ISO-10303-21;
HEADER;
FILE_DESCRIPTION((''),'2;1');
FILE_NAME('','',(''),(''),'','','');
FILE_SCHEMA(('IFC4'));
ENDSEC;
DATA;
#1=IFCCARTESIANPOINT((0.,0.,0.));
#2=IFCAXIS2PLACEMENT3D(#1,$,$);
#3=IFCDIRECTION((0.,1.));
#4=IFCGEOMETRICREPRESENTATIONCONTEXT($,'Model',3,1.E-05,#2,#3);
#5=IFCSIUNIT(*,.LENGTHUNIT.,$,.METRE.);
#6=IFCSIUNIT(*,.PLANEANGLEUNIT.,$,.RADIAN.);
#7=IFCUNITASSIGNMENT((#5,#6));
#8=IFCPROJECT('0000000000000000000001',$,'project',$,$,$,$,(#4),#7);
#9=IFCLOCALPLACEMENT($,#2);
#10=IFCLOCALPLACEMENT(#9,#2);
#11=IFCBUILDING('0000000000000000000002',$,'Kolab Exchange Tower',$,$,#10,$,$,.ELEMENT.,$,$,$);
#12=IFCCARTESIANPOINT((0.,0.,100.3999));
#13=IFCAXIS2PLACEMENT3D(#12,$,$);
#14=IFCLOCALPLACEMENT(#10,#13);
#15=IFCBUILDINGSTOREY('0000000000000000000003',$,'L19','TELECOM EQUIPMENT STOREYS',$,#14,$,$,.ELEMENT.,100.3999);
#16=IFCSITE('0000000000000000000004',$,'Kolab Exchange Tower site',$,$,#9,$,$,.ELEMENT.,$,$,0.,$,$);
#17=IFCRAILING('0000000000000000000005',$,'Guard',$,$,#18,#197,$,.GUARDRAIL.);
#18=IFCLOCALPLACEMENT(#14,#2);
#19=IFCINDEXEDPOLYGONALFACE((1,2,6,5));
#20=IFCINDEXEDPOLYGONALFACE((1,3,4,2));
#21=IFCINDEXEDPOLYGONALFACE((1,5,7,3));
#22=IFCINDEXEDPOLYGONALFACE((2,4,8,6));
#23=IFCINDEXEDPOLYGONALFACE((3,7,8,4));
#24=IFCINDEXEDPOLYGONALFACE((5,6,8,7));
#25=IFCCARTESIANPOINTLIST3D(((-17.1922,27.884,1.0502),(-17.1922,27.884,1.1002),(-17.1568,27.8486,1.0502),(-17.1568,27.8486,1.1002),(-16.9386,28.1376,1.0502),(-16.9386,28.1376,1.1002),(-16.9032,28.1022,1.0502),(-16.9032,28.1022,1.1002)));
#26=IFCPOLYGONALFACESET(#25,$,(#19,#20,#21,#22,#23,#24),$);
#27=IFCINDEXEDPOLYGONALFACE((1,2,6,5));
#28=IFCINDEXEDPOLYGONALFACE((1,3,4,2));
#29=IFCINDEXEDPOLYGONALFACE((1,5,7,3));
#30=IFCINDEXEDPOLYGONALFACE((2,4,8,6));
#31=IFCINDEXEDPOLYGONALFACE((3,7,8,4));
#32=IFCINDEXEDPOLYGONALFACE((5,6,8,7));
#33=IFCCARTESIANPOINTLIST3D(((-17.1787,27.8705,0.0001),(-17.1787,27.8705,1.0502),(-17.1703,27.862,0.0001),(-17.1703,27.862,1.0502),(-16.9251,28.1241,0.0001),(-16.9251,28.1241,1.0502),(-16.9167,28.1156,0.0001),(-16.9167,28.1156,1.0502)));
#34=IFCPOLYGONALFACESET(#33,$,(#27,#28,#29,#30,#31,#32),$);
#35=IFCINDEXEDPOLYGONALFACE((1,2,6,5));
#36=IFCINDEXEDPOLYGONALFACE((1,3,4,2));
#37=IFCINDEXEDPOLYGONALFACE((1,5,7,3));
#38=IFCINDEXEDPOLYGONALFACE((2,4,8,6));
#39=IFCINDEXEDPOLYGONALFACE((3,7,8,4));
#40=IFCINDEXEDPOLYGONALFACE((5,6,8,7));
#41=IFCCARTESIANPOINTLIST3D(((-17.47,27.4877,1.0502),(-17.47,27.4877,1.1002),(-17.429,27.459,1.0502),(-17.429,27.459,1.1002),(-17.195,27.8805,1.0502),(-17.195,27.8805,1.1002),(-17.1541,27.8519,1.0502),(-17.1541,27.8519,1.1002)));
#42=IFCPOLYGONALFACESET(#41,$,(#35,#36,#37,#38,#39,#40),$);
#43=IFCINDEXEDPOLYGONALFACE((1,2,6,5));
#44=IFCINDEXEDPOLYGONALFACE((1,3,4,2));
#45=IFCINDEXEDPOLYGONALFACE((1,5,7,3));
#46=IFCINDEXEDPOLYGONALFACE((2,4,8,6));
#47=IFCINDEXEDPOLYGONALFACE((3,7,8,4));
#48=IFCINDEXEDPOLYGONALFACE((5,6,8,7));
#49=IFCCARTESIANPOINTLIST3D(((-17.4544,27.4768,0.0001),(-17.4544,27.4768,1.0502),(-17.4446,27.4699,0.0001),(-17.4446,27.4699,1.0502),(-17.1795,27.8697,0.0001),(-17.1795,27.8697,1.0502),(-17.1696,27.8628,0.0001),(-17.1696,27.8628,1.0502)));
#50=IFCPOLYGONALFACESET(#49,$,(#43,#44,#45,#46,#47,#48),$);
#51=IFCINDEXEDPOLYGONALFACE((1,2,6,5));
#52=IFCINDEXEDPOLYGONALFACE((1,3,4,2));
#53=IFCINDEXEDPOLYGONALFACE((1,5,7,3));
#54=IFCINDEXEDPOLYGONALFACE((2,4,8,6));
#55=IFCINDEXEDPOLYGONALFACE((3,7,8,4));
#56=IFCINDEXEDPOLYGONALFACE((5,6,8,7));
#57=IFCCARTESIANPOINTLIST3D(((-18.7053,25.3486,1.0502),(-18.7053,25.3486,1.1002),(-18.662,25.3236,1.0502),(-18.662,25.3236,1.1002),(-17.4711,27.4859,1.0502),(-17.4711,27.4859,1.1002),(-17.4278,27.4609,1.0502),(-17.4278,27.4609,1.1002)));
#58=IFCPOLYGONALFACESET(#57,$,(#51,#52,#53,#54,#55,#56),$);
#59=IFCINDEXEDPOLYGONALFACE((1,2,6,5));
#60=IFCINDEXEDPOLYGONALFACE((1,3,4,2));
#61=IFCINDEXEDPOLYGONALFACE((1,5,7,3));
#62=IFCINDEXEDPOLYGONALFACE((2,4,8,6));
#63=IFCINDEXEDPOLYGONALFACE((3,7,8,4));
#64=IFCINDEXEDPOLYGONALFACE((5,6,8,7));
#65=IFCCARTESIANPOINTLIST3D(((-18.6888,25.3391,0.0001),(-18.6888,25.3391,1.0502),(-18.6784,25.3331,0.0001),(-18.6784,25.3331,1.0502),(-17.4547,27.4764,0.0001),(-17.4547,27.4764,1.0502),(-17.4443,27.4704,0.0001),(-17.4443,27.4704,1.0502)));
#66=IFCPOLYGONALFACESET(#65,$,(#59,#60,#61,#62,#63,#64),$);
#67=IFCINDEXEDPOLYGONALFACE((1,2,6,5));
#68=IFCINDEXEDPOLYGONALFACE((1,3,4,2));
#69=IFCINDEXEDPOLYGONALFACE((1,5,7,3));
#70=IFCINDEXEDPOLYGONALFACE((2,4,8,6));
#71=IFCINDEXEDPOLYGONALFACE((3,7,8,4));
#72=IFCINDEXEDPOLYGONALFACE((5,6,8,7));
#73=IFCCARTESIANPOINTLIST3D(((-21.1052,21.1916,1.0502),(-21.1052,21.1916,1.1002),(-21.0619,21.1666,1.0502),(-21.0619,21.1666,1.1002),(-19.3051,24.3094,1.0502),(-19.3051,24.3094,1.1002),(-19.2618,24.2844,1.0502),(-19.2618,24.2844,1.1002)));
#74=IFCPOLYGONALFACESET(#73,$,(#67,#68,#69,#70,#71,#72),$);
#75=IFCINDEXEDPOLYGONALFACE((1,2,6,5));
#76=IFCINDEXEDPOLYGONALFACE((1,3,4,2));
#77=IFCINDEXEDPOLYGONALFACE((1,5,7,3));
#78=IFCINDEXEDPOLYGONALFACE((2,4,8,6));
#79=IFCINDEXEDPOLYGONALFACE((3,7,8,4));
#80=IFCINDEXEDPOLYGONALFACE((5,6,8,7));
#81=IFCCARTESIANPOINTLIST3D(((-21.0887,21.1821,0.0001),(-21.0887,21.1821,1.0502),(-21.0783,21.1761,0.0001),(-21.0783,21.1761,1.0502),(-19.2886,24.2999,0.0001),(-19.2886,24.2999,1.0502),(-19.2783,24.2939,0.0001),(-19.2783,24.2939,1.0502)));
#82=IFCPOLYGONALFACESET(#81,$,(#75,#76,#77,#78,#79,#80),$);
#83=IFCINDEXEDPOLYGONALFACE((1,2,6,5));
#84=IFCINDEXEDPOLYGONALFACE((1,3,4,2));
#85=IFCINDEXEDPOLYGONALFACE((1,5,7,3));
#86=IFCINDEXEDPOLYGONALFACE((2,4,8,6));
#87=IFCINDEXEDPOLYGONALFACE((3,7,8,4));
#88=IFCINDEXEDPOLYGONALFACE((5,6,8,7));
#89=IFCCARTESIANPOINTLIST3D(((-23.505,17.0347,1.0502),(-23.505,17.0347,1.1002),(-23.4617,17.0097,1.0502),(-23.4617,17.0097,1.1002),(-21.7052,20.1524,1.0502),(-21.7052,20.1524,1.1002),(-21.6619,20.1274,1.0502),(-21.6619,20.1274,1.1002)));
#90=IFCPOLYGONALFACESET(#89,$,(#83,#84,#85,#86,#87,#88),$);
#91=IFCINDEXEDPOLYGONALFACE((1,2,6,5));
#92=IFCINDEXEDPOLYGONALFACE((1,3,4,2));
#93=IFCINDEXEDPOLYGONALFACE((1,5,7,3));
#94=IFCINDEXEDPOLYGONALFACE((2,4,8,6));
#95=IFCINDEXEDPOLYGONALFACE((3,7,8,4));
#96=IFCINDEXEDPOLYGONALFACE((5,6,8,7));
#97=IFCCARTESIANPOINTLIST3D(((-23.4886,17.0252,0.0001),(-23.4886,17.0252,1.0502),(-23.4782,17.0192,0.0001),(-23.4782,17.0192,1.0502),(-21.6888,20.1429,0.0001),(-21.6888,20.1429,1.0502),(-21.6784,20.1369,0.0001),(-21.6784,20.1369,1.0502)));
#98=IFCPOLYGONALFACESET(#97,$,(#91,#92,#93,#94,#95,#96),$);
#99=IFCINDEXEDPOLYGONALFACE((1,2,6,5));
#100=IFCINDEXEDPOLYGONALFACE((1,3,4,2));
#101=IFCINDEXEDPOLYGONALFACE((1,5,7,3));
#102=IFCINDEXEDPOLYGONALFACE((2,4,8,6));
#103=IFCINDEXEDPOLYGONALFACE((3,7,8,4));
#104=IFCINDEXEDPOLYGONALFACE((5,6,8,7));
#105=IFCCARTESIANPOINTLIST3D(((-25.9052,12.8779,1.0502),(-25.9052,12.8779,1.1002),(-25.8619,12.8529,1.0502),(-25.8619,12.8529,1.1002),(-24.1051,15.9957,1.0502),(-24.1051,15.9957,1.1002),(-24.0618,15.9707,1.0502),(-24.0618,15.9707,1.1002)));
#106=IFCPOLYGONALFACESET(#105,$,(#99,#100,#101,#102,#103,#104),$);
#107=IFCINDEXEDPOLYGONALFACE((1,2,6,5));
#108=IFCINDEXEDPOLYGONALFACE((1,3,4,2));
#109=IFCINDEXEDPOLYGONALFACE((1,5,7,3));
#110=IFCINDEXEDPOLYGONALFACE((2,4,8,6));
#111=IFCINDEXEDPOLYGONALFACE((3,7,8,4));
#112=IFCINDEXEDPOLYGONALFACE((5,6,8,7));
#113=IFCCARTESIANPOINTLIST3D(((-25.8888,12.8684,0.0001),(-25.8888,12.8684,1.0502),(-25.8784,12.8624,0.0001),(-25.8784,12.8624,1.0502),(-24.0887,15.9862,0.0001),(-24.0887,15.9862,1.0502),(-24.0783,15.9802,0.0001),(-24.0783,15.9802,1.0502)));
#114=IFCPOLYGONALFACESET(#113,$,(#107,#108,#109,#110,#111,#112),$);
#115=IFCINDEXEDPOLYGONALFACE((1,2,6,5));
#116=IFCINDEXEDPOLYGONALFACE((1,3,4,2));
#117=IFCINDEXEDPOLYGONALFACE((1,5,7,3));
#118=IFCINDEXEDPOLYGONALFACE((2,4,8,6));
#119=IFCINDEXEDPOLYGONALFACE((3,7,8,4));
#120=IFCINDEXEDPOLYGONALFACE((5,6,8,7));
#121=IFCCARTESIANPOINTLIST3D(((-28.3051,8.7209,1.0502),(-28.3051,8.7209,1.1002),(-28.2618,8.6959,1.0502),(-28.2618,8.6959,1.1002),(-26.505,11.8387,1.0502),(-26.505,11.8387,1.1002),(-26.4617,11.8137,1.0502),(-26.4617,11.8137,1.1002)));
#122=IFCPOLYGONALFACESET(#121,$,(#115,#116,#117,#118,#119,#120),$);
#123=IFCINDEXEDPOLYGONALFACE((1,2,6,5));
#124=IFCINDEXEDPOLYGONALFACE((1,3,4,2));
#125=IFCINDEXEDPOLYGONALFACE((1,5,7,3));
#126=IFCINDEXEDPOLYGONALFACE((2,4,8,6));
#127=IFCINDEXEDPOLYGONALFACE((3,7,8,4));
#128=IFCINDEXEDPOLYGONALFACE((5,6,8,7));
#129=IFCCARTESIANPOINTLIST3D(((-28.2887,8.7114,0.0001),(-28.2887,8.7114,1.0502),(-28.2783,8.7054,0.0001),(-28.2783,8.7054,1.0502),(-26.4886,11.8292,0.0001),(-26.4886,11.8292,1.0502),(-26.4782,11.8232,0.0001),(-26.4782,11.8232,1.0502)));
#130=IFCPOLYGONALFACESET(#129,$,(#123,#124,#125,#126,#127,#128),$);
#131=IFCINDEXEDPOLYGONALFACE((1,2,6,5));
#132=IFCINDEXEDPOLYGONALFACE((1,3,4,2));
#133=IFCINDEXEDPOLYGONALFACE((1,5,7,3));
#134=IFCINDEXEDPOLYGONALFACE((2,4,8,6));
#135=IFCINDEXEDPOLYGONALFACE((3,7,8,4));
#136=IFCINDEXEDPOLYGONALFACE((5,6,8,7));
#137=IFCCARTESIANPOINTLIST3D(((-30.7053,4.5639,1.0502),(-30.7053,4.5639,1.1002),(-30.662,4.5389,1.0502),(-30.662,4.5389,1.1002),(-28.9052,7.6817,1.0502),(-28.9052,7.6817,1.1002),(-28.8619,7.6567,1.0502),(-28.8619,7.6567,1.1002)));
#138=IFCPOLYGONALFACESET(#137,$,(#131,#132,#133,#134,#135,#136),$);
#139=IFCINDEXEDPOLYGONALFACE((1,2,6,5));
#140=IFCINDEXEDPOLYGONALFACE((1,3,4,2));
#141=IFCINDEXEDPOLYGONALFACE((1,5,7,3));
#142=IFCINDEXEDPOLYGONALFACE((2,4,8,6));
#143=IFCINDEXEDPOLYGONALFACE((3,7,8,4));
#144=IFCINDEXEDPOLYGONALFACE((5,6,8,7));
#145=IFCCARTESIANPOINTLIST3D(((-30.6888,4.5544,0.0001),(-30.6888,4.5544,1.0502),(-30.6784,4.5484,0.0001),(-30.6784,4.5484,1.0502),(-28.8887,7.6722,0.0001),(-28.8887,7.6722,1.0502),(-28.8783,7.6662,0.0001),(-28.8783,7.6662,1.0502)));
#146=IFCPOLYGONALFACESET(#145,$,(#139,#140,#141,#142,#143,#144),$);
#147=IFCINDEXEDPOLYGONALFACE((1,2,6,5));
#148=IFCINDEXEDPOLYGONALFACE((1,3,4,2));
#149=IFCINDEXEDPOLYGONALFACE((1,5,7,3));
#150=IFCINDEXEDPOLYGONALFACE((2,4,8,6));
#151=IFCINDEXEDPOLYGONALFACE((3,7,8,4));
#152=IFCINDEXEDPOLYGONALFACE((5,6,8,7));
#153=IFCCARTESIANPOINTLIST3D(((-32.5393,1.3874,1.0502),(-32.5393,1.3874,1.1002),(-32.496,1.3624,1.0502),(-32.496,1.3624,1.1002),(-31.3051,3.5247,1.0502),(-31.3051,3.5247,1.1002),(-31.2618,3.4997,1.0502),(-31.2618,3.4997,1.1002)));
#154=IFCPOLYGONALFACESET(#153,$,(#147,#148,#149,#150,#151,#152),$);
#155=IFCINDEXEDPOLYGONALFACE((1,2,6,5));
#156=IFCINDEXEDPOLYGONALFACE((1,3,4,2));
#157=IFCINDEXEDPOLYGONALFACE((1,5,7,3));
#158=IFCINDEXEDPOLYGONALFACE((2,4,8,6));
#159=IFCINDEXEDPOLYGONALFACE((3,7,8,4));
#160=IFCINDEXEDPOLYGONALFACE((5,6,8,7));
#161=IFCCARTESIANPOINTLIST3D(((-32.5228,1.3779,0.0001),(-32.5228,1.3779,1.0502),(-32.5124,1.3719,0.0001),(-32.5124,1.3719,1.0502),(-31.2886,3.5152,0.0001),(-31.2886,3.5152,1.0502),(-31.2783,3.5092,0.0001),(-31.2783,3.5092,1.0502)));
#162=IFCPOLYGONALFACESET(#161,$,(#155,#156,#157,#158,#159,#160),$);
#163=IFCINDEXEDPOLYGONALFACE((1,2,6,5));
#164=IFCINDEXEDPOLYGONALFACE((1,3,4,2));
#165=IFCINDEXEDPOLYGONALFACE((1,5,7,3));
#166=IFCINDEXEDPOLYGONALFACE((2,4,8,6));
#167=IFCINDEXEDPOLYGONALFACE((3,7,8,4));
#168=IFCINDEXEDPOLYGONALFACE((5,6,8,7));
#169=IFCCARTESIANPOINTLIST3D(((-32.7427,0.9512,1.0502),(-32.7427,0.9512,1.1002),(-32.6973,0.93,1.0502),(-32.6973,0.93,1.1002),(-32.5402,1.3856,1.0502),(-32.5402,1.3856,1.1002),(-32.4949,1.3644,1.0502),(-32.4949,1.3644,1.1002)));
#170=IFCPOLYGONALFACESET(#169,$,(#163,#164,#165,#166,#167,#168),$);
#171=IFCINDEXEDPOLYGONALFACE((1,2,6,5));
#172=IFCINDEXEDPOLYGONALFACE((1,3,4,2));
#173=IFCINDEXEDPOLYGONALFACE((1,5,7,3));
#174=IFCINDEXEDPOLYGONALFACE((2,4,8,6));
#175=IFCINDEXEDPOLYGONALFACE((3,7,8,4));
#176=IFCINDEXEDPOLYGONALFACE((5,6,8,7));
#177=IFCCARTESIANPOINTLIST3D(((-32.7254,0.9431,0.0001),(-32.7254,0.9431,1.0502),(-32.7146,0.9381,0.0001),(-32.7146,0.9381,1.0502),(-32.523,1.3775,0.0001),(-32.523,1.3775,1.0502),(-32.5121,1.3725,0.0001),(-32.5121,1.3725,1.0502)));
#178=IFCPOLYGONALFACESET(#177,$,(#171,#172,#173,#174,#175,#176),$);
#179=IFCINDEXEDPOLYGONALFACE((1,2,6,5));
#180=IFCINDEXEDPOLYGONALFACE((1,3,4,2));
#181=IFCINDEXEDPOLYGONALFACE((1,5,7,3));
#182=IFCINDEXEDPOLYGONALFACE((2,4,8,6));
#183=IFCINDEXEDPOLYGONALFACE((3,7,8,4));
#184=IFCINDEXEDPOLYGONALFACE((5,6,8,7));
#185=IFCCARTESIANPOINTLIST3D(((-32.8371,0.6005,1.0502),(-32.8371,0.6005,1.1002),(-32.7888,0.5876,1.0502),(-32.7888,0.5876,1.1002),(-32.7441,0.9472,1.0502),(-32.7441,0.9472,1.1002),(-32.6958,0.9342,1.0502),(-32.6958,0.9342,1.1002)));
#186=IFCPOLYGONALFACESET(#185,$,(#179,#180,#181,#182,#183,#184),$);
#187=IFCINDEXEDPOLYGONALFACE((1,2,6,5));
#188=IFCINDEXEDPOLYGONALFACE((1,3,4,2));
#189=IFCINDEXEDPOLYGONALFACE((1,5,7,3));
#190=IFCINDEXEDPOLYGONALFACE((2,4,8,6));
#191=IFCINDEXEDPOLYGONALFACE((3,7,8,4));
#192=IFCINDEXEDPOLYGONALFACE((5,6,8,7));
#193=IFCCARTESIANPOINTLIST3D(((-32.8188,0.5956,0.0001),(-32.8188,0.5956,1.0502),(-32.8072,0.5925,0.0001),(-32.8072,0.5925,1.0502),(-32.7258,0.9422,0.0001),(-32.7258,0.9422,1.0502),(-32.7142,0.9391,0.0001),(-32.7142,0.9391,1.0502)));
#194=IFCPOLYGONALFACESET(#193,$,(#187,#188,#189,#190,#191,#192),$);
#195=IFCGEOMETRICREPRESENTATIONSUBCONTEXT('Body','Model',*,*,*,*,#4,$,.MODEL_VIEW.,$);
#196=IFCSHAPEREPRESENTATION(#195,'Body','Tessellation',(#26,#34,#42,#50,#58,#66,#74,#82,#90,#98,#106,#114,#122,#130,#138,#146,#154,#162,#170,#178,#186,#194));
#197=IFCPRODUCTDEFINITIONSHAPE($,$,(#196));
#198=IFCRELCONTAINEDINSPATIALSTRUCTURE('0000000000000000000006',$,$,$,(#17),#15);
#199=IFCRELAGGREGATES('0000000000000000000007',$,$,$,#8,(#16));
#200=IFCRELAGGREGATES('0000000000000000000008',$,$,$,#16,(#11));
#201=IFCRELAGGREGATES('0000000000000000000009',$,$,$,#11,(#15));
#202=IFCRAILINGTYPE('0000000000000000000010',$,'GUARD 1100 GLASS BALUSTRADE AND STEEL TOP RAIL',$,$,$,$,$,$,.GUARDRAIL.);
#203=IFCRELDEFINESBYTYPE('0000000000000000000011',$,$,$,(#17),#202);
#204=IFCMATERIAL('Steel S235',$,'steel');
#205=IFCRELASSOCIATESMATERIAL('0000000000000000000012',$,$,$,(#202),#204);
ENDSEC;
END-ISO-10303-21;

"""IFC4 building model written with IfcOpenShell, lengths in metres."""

from ifc_helpers import new_model, si_unit, direction, frame, frame_2d, origin, origin_2d, place, context, subcontext, project, spatial, rectangle, extrude, material, type_object, element, save


model = new_model("IFC4")

# Units and contexts
model_context = context("Model", 3, precision=1e-05, world=origin(), true_north=direction((0.0, 1.0)))
body_context = subcontext(model_context, "Body", "Model", "MODEL_VIEW")
ifc_project = project(units=[si_unit("LENGTHUNIT", "METRE"), si_unit("PLANEANGLEUNIT", "RADIAN")], contexts=[model_context])

# Site, building, storey
site_placement = place(None, origin())
site = spatial("IfcSite", under=ifc_project, at=site_placement, Name="Kolab Exchange Tower site", CompositionType="ELEMENT", RefElevation=0.0)
building_placement = place(site_placement, origin())
building = spatial("IfcBuilding", under=site, at=building_placement, Name="Kolab Exchange Tower", CompositionType="ELEMENT")
storey_placement = place(building_placement, frame((0.0, 0.0, 100.3999)))
storey = spatial("IfcBuildingStorey", under=building, at=storey_placement, Name="L19", Description="TELECOM EQUIPMENT STOREYS", CompositionType="ELEMENT", Elevation=100.3999)

# Railing
ifc_material_1 = material(Name="Steel S235", Category="steel")
railing_type = type_object("IfcRailingType", Name="GUARD 1100 GLASS BALUSTRADE AND STEEL TOP RAIL", PredefinedType="GUARDRAIL", material=ifc_material_1)
railing_placement = place(storey_placement, frame((-16.9209, 28.1199, 0.0)))
element("IfcRailing", 1, at=railing_placement, inside=storey, type_object=railing_type, Name="Guard", PredefinedType="GUARDRAIL", context=body_context, shape_type="SweptSolid", body=[
    extrude(rectangle(XDim=0.05, YDim=0.05, at=origin_2d()), frame((0.0, 0.0, 1.0752), z_axis=(-0.707107, -0.707107, 0.0), x_axis=(0.707107, -0.707107, 0.0)), (0.0, 0.0, 1.0), 0.3586),
    extrude(rectangle(XDim=0.012, YDim=1.0501, at=frame_2d((0.0, 0.5251))), frame((0.0, 0.0, 0.0), z_axis=(-0.707107, -0.707107, 0.0), x_axis=(0.707107, -0.707107, 0.0)), (0.0, 0.0, 1.0), 0.3586),
    extrude(rectangle(XDim=0.05, YDim=0.05, at=origin_2d()), frame((-0.2537, -0.2537, 1.0752), z_axis=(-0.57336, -0.819304, 0.0), x_axis=(0.819304, -0.57336, 0.0)), (0.0, 0.0, 1.0), 0.4795),
    extrude(rectangle(XDim=0.012, YDim=1.0501, at=frame_2d((0.0, 0.5251))), frame((-0.2537, -0.2537, 0.0), z_axis=(-0.57336, -0.819304, 0.0), x_axis=(0.819304, -0.57336, 0.0)), (0.0, 0.0, 1.0), 0.4795),
    extrude(rectangle(XDim=0.05, YDim=0.05, at=origin_2d()), frame((-0.5286, -0.6465, 1.0752), z_axis=(-0.500065, -0.865988, 0.0), x_axis=(0.865988, -0.500065, 0.0)), (0.0, 0.0, 1.0), 2.468),
    extrude(rectangle(XDim=0.012, YDim=1.0501, at=frame_2d((0.0, 0.5251))), frame((-0.5286, -0.6465, 0.0), z_axis=(-0.500065, -0.865988, 0.0), x_axis=(0.865988, -0.500065, 0.0)), (0.0, 0.0, 1.0), 2.468),
    extrude(rectangle(XDim=0.05, YDim=0.05, at=origin_2d()), frame((-2.3625, -3.823, 1.0752), z_axis=(-0.500012, -0.866018, 0.0), x_axis=(0.866018, -0.500012, 0.0)), (0.0, 0.0, 1.0), 3.6001),
    extrude(rectangle(XDim=0.012, YDim=1.0501, at=frame_2d((0.0, 0.5251))), frame((-2.3625, -3.823, 0.0), z_axis=(-0.500012, -0.866018, 0.0), x_axis=(0.866018, -0.500012, 0.0)), (0.0, 0.0, 1.0), 3.6001),
    extrude(rectangle(XDim=0.05, YDim=0.05, at=origin_2d()), frame((-4.7627, -7.98, 1.0752), z_axis=(-0.499961, -0.866048, 0.0), x_axis=(0.866048, -0.499961, 0.0)), (0.0, 0.0, 1.0), 3.5999),
    extrude(rectangle(XDim=0.012, YDim=1.0501, at=frame_2d((0.0, 0.5251))), frame((-4.7627, -7.98, 0.0), z_axis=(-0.499961, -0.866048, 0.0), x_axis=(0.866048, -0.499961, 0.0)), (0.0, 0.0, 1.0), 3.5999),
    extrude(rectangle(XDim=0.05, YDim=0.05, at=origin_2d()), frame((-7.1626, -12.1367, 1.0752), z_axis=(-0.500012, -0.866018, 0.0), x_axis=(0.866018, -0.500012, 0.0)), (0.0, 0.0, 1.0), 3.6001),
    extrude(rectangle(XDim=0.012, YDim=1.0501, at=frame_2d((0.0, 0.5251))), frame((-7.1626, -12.1367, 0.0), z_axis=(-0.500012, -0.866018, 0.0), x_axis=(0.866018, -0.500012, 0.0)), (0.0, 0.0, 1.0), 3.6001),
    extrude(rectangle(XDim=0.05, YDim=0.05, at=origin_2d()), frame((-9.5625, -16.2937, 1.0752), z_axis=(-0.500012, -0.866018, 0.0), x_axis=(0.866018, -0.500012, 0.0)), (0.0, 0.0, 1.0), 3.6001),
    extrude(rectangle(XDim=0.012, YDim=1.0501, at=frame_2d((0.0, 0.5251))), frame((-9.5625, -16.2937, 0.0), z_axis=(-0.500012, -0.866018, 0.0), x_axis=(0.866018, -0.500012, 0.0)), (0.0, 0.0, 1.0), 3.6001),
    extrude(rectangle(XDim=0.05, YDim=0.05, at=origin_2d()), frame((-11.9626, -20.4507, 1.0752), z_axis=(-0.500012, -0.866018, 0.0), x_axis=(0.866018, -0.500012, 0.0)), (0.0, 0.0, 1.0), 3.6001),
    extrude(rectangle(XDim=0.012, YDim=1.0501, at=frame_2d((0.0, 0.5251))), frame((-11.9626, -20.4507, 0.0), z_axis=(-0.500012, -0.866018, 0.0), x_axis=(0.866018, -0.500012, 0.0)), (0.0, 0.0, 1.0), 3.6001),
    extrude(rectangle(XDim=0.05, YDim=0.05, at=origin_2d()), frame((-14.3625, -24.6077, 1.0752), z_axis=(-0.500065, -0.865988, 0.0), x_axis=(0.865988, -0.500065, 0.0)), (0.0, 0.0, 1.0), 2.468),
    extrude(rectangle(XDim=0.012, YDim=1.0501, at=frame_2d((0.0, 0.5251))), frame((-14.3625, -24.6077, 0.0), z_axis=(-0.500065, -0.865988, 0.0), x_axis=(0.865988, -0.500065, 0.0)), (0.0, 0.0, 1.0), 2.468),
    extrude(rectangle(XDim=0.05, YDim=0.05, at=origin_2d()), frame((-15.5967, -26.7449, 1.0752), z_axis=(-0.422383, -0.906417, 0.0), x_axis=(0.906417, -0.422383, 0.0)), (0.0, 0.0, 1.0), 0.4792),
    extrude(rectangle(XDim=0.012, YDim=1.0501, at=frame_2d((0.0, 0.5251))), frame((-15.5967, -26.7449, 0.0), z_axis=(-0.422383, -0.906417, 0.0), x_axis=(0.906417, -0.422383, 0.0)), (0.0, 0.0, 1.0), 0.4792),
    extrude(rectangle(XDim=0.05, YDim=0.05, at=origin_2d()), frame((-15.7991, -27.1792, 1.0752), z_axis=(-0.259144, -0.965839, 0.0), x_axis=(0.965839, -0.259144, 0.0)), (0.0, 0.0, 1.0), 0.3589),
    extrude(rectangle(XDim=0.012, YDim=1.0501, at=frame_2d((0.0, 0.5251))), frame((-15.7991, -27.1792, 0.0), z_axis=(-0.259144, -0.965839, 0.0), x_axis=(0.965839, -0.259144, 0.0)), (0.0, 0.0, 1.0), 0.3589),
])

save(model, "model.ifc")
